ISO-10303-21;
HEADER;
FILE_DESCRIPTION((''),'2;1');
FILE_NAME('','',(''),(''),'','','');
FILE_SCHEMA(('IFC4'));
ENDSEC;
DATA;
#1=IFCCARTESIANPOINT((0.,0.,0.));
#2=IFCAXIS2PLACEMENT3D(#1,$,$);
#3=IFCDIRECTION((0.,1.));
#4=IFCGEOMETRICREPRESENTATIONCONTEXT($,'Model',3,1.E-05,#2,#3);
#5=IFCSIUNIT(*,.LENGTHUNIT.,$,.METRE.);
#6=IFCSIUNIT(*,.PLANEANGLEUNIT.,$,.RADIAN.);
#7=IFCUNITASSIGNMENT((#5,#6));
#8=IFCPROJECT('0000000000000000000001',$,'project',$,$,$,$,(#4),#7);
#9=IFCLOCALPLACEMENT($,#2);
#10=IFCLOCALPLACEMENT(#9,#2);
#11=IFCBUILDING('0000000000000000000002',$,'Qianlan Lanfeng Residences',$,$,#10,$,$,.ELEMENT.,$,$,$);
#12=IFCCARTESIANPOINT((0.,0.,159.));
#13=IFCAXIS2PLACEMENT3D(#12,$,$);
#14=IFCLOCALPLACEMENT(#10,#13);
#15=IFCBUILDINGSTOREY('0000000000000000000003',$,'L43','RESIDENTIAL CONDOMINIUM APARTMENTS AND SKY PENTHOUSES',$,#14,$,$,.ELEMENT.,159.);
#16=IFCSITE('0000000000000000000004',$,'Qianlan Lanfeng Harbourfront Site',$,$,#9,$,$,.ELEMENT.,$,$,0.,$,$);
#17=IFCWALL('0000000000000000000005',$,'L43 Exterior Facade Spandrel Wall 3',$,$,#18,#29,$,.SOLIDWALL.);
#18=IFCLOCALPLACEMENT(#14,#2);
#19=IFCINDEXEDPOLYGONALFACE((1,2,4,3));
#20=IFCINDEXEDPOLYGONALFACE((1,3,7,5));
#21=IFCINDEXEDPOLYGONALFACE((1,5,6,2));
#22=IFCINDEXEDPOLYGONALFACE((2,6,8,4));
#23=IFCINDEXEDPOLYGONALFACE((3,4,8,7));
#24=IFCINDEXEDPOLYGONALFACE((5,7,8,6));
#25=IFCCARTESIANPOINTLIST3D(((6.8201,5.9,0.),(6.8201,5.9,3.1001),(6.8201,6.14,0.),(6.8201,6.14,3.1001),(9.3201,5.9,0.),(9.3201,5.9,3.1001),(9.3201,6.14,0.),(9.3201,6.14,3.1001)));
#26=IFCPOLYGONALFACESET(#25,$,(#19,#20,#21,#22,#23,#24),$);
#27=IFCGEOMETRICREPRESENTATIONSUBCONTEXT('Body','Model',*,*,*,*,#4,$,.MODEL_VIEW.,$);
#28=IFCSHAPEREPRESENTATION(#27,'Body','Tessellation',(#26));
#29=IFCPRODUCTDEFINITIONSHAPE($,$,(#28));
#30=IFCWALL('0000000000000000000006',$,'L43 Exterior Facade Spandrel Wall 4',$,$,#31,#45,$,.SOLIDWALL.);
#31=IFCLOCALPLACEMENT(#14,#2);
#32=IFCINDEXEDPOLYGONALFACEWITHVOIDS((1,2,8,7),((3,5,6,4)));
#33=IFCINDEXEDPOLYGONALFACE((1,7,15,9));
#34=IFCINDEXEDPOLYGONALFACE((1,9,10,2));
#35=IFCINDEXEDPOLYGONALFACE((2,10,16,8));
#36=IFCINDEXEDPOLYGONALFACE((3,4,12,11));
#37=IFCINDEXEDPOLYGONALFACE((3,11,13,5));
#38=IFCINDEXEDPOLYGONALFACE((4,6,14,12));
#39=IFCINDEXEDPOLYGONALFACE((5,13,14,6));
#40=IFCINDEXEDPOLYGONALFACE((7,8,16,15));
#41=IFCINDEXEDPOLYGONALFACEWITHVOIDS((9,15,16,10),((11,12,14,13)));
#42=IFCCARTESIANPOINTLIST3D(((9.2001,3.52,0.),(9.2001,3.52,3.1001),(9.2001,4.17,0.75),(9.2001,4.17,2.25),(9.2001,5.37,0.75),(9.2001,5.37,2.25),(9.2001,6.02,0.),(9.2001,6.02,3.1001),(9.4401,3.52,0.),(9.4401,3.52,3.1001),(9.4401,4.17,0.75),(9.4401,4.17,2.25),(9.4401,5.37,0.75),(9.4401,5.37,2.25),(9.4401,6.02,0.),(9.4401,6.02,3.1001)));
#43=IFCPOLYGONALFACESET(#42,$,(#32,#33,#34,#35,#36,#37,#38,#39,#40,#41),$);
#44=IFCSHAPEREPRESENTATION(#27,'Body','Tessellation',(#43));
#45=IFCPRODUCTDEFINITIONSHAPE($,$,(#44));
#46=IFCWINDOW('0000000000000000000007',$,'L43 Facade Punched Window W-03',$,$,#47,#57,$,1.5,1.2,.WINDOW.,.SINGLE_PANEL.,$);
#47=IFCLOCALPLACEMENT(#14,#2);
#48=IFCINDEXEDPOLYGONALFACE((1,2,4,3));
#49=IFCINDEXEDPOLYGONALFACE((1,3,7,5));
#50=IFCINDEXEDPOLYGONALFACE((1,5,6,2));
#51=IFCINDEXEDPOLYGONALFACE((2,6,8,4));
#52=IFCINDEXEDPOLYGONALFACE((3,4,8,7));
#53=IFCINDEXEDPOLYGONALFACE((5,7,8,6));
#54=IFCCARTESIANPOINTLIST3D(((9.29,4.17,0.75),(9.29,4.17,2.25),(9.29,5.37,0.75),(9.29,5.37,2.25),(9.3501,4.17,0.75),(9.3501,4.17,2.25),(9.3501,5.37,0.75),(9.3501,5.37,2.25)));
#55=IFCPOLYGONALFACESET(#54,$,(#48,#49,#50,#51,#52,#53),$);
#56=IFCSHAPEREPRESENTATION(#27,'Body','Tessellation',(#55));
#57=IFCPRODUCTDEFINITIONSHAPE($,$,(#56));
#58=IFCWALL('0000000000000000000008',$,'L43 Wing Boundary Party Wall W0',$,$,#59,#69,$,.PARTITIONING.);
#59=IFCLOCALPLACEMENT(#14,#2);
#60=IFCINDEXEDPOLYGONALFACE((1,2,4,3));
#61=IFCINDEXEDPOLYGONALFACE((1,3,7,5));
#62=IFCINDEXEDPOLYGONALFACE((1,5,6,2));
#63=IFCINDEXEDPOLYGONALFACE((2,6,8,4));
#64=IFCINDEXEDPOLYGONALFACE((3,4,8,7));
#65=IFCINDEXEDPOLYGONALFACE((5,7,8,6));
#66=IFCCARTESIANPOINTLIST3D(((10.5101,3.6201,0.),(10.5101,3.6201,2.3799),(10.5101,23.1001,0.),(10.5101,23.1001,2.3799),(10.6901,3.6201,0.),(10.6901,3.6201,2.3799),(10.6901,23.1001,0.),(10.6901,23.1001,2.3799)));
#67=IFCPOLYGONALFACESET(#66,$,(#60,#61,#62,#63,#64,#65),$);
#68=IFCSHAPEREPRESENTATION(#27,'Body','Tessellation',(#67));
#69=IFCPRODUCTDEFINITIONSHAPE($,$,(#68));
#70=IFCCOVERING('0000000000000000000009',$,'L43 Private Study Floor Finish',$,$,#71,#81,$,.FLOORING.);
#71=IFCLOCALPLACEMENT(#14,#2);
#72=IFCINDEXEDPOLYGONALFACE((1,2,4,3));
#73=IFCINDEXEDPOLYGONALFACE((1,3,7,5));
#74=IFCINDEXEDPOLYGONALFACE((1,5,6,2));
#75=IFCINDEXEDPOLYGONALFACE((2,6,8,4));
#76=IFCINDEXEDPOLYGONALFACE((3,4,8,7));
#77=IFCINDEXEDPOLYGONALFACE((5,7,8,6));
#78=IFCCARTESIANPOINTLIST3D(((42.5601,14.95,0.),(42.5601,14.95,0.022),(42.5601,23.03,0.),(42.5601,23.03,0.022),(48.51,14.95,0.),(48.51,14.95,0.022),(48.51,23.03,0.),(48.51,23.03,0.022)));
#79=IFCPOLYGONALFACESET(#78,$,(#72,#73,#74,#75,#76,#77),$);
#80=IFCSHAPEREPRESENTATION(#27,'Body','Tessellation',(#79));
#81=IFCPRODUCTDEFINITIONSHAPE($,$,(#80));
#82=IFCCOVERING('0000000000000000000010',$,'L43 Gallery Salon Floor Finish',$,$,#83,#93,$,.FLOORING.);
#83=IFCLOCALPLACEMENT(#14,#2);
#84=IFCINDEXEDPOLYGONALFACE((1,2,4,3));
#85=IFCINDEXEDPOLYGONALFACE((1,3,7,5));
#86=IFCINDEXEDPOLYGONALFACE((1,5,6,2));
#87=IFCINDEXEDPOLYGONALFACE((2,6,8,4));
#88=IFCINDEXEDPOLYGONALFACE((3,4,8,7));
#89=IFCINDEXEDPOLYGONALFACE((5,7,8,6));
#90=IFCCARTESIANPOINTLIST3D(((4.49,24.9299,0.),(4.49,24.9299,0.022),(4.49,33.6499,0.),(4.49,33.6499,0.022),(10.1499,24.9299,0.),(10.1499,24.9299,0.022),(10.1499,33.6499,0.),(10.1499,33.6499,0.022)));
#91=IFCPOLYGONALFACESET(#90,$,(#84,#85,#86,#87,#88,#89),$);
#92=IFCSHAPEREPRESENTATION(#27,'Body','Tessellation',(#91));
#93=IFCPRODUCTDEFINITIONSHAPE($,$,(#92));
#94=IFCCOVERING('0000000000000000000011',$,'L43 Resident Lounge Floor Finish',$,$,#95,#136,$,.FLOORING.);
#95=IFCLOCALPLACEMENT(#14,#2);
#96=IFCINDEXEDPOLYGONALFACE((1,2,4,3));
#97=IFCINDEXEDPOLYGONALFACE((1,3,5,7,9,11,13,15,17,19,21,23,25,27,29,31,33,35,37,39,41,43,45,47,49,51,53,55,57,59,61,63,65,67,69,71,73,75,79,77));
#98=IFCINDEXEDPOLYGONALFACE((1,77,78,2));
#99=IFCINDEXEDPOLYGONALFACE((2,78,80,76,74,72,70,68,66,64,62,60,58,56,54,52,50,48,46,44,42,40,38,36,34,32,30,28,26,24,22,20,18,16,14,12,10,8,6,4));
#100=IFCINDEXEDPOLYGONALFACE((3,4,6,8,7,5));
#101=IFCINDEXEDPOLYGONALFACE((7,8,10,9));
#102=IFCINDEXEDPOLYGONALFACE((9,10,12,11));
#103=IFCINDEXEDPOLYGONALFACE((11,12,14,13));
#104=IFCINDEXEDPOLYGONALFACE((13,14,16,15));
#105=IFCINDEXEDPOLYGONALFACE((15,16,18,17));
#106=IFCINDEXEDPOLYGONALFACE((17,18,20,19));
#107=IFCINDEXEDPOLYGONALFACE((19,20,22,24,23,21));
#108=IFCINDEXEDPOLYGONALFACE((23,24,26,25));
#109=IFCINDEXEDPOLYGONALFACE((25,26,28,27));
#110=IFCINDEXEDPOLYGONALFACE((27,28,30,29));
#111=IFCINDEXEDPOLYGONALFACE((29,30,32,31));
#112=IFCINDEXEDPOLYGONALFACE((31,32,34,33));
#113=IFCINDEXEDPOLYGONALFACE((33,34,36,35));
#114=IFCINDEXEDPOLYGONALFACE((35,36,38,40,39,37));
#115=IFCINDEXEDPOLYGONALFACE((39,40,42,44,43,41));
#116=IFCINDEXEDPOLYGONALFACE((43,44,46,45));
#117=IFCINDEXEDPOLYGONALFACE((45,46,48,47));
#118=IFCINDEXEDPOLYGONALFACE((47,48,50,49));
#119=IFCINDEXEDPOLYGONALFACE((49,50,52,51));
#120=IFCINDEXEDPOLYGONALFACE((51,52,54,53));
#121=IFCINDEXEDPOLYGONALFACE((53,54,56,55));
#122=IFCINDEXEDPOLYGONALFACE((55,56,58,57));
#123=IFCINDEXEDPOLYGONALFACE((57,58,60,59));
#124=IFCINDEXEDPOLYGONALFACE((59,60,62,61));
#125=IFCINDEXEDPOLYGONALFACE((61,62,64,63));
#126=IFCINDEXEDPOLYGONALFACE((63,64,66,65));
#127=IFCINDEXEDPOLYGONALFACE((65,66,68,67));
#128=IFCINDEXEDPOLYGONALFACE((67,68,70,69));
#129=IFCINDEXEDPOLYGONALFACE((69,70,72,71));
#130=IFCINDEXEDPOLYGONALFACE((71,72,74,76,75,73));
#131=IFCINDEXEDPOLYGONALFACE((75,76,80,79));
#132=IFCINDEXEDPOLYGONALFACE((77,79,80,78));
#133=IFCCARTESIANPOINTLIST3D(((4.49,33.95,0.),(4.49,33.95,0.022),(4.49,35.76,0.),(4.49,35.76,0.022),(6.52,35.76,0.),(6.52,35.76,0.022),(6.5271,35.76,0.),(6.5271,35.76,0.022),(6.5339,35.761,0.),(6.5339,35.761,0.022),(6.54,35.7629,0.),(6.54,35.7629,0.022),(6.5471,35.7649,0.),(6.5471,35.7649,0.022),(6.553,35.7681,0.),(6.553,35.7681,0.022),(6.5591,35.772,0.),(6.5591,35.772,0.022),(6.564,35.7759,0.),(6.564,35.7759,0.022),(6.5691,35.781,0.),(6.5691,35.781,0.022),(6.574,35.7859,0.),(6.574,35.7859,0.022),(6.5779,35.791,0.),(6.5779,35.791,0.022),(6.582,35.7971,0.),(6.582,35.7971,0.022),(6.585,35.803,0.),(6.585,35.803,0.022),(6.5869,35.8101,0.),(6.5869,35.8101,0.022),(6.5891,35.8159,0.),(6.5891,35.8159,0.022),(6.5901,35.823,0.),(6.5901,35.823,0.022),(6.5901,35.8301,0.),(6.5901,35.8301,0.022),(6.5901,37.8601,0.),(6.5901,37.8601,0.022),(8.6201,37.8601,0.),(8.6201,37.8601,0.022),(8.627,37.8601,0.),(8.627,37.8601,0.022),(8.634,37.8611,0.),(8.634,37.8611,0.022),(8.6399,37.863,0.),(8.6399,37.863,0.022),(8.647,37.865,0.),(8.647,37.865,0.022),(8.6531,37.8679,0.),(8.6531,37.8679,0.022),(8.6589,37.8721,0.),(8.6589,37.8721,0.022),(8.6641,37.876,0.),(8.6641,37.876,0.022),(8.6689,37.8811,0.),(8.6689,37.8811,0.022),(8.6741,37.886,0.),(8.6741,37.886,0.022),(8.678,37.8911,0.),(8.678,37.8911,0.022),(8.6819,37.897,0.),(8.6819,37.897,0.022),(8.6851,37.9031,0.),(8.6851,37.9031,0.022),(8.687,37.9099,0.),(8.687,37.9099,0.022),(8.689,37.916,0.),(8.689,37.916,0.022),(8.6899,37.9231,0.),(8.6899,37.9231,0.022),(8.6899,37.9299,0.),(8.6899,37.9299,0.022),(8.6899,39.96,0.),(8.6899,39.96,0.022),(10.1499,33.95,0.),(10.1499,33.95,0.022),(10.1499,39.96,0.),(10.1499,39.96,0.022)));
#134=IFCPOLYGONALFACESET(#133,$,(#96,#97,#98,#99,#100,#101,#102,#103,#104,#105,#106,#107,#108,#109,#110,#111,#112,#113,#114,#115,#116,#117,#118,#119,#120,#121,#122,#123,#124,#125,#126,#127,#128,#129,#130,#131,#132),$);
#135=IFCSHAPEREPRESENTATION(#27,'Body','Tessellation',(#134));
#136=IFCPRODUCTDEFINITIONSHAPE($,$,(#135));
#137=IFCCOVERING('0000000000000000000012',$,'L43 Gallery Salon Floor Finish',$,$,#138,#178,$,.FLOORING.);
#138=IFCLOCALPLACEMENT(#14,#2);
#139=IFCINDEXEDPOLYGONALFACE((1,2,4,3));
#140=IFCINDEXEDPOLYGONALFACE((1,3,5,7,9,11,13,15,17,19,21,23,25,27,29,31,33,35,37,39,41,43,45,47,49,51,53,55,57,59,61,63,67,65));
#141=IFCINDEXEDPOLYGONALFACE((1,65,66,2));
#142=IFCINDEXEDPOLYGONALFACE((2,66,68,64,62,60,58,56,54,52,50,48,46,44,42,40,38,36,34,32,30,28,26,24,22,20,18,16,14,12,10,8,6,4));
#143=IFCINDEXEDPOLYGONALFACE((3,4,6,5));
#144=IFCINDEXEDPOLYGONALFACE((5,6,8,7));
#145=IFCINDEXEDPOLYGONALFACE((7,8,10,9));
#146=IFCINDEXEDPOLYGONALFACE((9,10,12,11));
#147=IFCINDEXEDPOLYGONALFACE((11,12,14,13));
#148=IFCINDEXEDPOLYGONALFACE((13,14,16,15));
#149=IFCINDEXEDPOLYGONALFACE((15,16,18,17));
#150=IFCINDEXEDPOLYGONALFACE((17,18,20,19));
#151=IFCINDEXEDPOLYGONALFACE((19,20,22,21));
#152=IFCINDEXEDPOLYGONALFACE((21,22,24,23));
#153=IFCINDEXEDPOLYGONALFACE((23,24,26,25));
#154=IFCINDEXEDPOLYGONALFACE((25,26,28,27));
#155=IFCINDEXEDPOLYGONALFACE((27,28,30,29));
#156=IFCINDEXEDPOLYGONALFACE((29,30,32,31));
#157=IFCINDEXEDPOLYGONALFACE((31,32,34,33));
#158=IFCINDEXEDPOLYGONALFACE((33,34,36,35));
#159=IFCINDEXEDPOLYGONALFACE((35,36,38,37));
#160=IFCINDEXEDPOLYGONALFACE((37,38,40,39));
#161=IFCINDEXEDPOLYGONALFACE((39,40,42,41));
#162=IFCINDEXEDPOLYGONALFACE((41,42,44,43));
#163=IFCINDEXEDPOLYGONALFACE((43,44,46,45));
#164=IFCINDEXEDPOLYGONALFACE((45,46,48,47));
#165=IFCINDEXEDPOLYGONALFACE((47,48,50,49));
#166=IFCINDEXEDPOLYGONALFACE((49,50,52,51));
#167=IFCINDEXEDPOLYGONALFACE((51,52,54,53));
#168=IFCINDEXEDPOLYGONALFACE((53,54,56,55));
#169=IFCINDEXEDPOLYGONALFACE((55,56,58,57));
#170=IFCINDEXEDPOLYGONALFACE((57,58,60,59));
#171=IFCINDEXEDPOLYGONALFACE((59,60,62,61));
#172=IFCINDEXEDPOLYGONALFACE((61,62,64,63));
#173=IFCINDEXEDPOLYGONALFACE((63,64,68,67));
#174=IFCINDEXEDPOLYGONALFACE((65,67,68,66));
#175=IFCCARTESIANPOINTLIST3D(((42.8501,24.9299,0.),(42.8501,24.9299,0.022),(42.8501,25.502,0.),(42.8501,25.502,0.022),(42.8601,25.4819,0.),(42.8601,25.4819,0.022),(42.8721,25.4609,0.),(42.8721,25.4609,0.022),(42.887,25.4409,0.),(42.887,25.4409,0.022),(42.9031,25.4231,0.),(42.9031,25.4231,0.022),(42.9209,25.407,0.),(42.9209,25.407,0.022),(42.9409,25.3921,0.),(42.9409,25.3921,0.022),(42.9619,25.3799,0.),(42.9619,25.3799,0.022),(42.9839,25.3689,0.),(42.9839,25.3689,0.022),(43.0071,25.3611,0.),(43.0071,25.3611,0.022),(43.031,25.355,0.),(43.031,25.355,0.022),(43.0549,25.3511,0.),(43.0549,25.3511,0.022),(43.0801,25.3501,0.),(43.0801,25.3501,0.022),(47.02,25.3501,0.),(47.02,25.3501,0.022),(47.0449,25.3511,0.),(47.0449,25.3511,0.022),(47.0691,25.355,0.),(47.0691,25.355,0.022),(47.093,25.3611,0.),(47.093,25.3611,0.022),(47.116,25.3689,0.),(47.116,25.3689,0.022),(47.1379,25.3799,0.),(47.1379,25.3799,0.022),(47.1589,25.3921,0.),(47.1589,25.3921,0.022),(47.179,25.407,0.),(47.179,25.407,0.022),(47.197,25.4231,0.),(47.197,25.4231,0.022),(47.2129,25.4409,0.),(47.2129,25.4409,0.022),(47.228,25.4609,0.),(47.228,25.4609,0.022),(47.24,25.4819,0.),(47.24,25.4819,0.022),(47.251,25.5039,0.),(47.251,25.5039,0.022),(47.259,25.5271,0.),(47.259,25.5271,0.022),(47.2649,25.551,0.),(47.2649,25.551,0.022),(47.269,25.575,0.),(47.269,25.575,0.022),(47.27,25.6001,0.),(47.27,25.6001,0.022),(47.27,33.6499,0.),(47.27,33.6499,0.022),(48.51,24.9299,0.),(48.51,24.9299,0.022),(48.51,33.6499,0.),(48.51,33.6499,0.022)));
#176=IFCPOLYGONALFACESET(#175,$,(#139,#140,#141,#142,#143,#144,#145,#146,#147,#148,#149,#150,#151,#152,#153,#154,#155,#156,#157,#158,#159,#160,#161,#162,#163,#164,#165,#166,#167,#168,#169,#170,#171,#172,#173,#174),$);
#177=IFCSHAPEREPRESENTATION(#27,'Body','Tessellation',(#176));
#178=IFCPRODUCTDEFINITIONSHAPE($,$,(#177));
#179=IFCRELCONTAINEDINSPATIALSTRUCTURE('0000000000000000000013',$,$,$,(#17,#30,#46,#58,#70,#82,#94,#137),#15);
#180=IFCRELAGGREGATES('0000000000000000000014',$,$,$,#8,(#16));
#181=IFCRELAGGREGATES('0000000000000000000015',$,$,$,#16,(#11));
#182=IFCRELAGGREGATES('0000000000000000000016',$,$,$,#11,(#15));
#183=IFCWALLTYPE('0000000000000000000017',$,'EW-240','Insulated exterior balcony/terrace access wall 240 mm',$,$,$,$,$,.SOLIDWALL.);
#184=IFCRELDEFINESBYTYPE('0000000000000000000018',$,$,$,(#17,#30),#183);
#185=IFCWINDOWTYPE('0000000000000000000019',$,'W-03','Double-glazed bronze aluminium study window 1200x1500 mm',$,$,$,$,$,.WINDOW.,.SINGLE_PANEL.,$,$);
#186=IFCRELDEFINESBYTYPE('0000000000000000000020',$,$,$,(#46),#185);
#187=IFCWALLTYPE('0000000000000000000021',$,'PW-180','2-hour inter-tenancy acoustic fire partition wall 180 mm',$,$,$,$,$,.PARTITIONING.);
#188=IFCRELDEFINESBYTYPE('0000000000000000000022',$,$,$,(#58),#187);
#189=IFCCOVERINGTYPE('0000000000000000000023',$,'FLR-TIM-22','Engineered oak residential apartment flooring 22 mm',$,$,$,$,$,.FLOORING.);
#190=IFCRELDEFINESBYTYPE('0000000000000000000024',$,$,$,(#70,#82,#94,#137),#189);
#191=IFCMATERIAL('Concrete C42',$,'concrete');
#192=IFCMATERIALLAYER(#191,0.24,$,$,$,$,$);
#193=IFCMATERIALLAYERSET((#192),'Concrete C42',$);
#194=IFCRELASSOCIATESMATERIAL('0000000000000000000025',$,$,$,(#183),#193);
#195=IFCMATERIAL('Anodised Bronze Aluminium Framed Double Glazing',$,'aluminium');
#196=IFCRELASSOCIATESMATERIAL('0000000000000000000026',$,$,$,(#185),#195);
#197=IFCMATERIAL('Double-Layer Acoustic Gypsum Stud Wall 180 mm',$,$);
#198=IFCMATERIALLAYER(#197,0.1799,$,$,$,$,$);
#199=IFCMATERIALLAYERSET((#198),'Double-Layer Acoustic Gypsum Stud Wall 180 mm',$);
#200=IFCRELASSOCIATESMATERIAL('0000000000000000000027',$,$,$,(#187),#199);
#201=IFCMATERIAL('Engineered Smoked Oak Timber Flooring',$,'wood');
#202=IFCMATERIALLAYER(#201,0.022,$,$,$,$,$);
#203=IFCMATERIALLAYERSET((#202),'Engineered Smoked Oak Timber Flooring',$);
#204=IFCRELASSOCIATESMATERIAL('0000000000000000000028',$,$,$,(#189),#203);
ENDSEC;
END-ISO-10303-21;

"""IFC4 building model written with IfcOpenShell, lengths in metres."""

from ifc_helpers import new_model, si_unit, direction, frame, frame_2d, origin, place, context, subcontext, project, spatial, polyline, rectangle, outline, extrude, material, layer, layer_set, type_object, element, fill, save


model = new_model("IFC4")

# Units and contexts
model_context = context("Model", 3, precision=1e-05, world=origin(), true_north=direction((0.0, 1.0)))
body_context = subcontext(model_context, "Body", "Model", "MODEL_VIEW")
ifc_project = project(units=[si_unit("LENGTHUNIT", "METRE"), si_unit("PLANEANGLEUNIT", "RADIAN")], contexts=[model_context])

# Site, building, storey
site_placement = place(None, origin())
site = spatial("IfcSite", under=ifc_project, at=site_placement, Name="Qianlan Lanfeng Harbourfront Site", CompositionType="ELEMENT", RefElevation=0.0)
building_placement = place(site_placement, origin())
building = spatial("IfcBuilding", under=site, at=building_placement, Name="Qianlan Lanfeng Residences", CompositionType="ELEMENT")
storey_placement = place(building_placement, frame((0.0, 0.0, 159.0)))
storey = spatial("IfcBuildingStorey", under=building, at=storey_placement, Name="L43", Description="RESIDENTIAL CONDOMINIUM APARTMENTS AND SKY PENTHOUSES", CompositionType="ELEMENT", Elevation=159.0)

# Wall
ifc_material_1 = material(Name="Concrete C42", Category="concrete")
ifc_layer_1 = layer(ifc_material_1, 0.24)
ifc_layer_set_1 = layer_set([ifc_layer_1], Name="Concrete C42")
wall_type_1 = type_object("IfcWallType", Name="EW-240", Description="Insulated exterior balcony/terrace access wall 240 mm", PredefinedType="SOLIDWALL", material=ifc_layer_set_1)
for number, where, z_axis, x_axis, name in (
    (1, (6.8201, 6.02, 0.0), (0.0, 0.0, 1.0), (1.0, 0.0, 0.0), "L43 Exterior Facade Spandrel Wall 3"),
):
    element("IfcWall", number, at=place(storey_placement, frame(where, z_axis=z_axis, x_axis=x_axis)), inside=storey, type_object=wall_type_1, Name=name, PredefinedType="SOLIDWALL", context=body_context, shape_type="SweptSolid", body=[
        extrude(rectangle(XDim=2.5, YDim=0.24, at=frame_2d((1.25, 0.0))), origin(), (0.0, 0.0, 1.0), 3.1001),
    ])

# Wall, opening, window
wall_1_placement = place(storey_placement, frame((9.3201, 6.02, 0.0), z_axis=(0.0, 0.0, 1.0), x_axis=(0.0, -1.0, 0.0)))
wall_1 = element("IfcWall", 2, at=wall_1_placement, inside=storey, type_object=wall_type_1, Name="L43 Exterior Facade Spandrel Wall 4", PredefinedType="SOLIDWALL", context=body_context, shape_type="SweptSolid", body=[
    extrude(rectangle(XDim=2.5, YDim=0.24, at=frame_2d((1.25, 0.0))), origin(), (0.0, 0.0, 1.0), 3.1001),
])
opening_placement = place(wall_1_placement, frame((0.6499, 0.0, 0.75)))
opening = element("IfcOpeningElement", 3, at=opening_placement, cuts=wall_1, PredefinedType="OPENING", context=body_context, shape_type="SweptSolid", body=[
    extrude(rectangle(XDim=1.2, YDim=1.5, at=frame_2d((0.6001, 0.75))), frame((0.0, 0.1299, 0.0), z_axis=(0.0, -1.0, 0.0), x_axis=(1.0, 0.0, 0.0)), (0.0, 0.0, 1.0), 0.26),
])
ifc_material_2 = material(Name="Anodised Bronze Aluminium Framed Double Glazing", Category="aluminium")
window_type = type_object("IfcWindowType", Name="W-03", Description="Double-glazed bronze aluminium study window 1200x1500 mm", PartitioningType="SINGLE_PANEL", PredefinedType="WINDOW", material=ifc_material_2)
window_placement = place(opening_placement, origin())
window = element("IfcWindow", 4, at=window_placement, inside=storey, type_object=window_type, Name="L43 Facade Punched Window W-03", OverallHeight=1.5, OverallWidth=1.2, PartitioningType="SINGLE_PANEL", PredefinedType="WINDOW", context=body_context, shape_type="SweptSolid", body=[
    extrude(rectangle(XDim=1.2, YDim=1.5, at=frame_2d((0.6001, 0.75))), frame((0.0, 0.03, 0.0), z_axis=(0.0, -1.0, 0.0), x_axis=(1.0, 0.0, 0.0)), (0.0, 0.0, 1.0), 0.0601),
])
fill(opening, window)

# Wall
ifc_material_3 = material(Name="Double-Layer Acoustic Gypsum Stud Wall 180 mm")
ifc_layer_2 = layer(ifc_material_3, 0.1799)
ifc_layer_set_2 = layer_set([ifc_layer_2], Name="Double-Layer Acoustic Gypsum Stud Wall 180 mm")
wall_type_2 = type_object("IfcWallType", Name="PW-180", Description="2-hour inter-tenancy acoustic fire partition wall 180 mm", PredefinedType="PARTITIONING", material=ifc_layer_set_2)
wall_2_placement = place(storey_placement, frame((10.6001, 3.6201, 0.0), z_axis=(0.0, 0.0, 1.0), x_axis=(0.0, 1.0, 0.0)))
element("IfcWall", 5, at=wall_2_placement, inside=storey, type_object=wall_type_2, Name="L43 Wing Boundary Party Wall W0", PredefinedType="PARTITIONING", context=body_context, shape_type="SweptSolid", body=[
    extrude(rectangle(XDim=19.48, YDim=0.1799, at=frame_2d((9.74, 0.0))), origin(), (0.0, 0.0, 1.0), 2.3799),
])

# Coverings
ifc_material_4 = material(Name="Engineered Smoked Oak Timber Flooring", Category="wood")
ifc_layer_3 = layer(ifc_material_4, 0.022)
ifc_layer_set_3 = layer_set([ifc_layer_3], Name="Engineered Smoked Oak Timber Flooring")
covering_type = type_object("IfcCoveringType", Name="FLR-TIM-22", Description="Engineered oak residential apartment flooring 22 mm", PredefinedType="FLOORING", material=ifc_layer_set_3)
covering_1_placement = place(storey_placement, origin())
element("IfcCovering", 6, at=covering_1_placement, inside=storey, type_object=covering_type, Name="L43 Private Study Floor Finish", PredefinedType="FLOORING", context=body_context, shape_type="SweptSolid", body=[
    extrude(outline(polyline([(48.51, 23.03), (42.5601, 23.03), (42.5601, 14.95), (48.51, 14.95), (48.51, 23.03)])), origin(), (0.0, 0.0, 1.0), 0.022),
])
covering_2_placement = place(storey_placement, origin())
element("IfcCovering", 7, at=covering_2_placement, inside=storey, type_object=covering_type, Name="L43 Gallery Salon Floor Finish", PredefinedType="FLOORING", context=body_context, shape_type="SweptSolid", body=[
    extrude(outline(polyline([(10.1499, 33.6499), (4.49, 33.6499), (4.49, 24.9299), (10.1499, 24.9299), (10.1499, 33.6499)])), origin(), (0.0, 0.0, 1.0), 0.022),
])
covering_3_placement = place(storey_placement, origin())
element("IfcCovering", 8, at=covering_3_placement, inside=storey, type_object=covering_type, Name="L43 Resident Lounge Floor Finish", PredefinedType="FLOORING", context=body_context, shape_type="SweptSolid", body=[
    extrude(outline(polyline([(4.49, 33.95), (10.1499, 33.95), (10.1499, 39.96), (8.6899, 39.96), (8.6899, 37.9299), (8.6899, 37.9231), (8.689, 37.916), (8.687, 37.9099), (8.6851, 37.9031), (8.6819, 37.897), (8.678, 37.8911), (8.6741, 37.886), (8.6689, 37.8811), (8.6641, 37.876), (8.6589, 37.8721), (8.6531, 37.8679), (8.647, 37.865), (8.6399, 37.863), (8.634, 37.8611), (8.627, 37.8601), (8.6201, 37.8601), (6.5901, 37.8601), (6.5901, 35.8301), (6.5901, 35.823), (6.5891, 35.8159), (6.5869, 35.8101), (6.585, 35.803), (6.582, 35.7971), (6.5779, 35.791), (6.574, 35.7859), (6.5691, 35.781), (6.564, 35.7759), (6.5591, 35.772), (6.553, 35.7681), (6.5471, 35.7649), (6.54, 35.7629), (6.5339, 35.761), (6.5271, 35.76), (6.52, 35.76), (4.49, 35.76), (4.49, 33.95)])), origin(), (0.0, 0.0, 1.0), 0.022),
])
covering_4_placement = place(storey_placement, origin())
element("IfcCovering", 9, at=covering_4_placement, inside=storey, type_object=covering_type, Name="L43 Gallery Salon Floor Finish", PredefinedType="FLOORING", context=body_context, shape_type="SweptSolid", body=[
    extrude(outline(polyline([(48.51, 33.6499), (47.27, 33.6499), (47.27, 25.6001), (47.269, 25.575), (47.2649, 25.551), (47.259, 25.5271), (47.251, 25.5039), (47.24, 25.4819), (47.228, 25.4609), (47.2129, 25.4409), (47.197, 25.4231), (47.179, 25.407), (47.1589, 25.3921), (47.1379, 25.3799), (47.116, 25.3689), (47.093, 25.3611), (47.0691, 25.355), (47.0449, 25.3511), (47.02, 25.3501), (43.0801, 25.3501), (43.0549, 25.3511), (43.031, 25.355), (43.0071, 25.3611), (42.9839, 25.3689), (42.9619, 25.3799), (42.9409, 25.3921), (42.9209, 25.407), (42.9031, 25.4231), (42.887, 25.4409), (42.8721, 25.4609), (42.8601, 25.4819), (42.8501, 25.502), (42.8501, 24.9299), (48.51, 24.9299), (48.51, 33.6499)])), origin(), (0.0, 0.0, 1.0), 0.022),
])

save(model, "model.ifc")
